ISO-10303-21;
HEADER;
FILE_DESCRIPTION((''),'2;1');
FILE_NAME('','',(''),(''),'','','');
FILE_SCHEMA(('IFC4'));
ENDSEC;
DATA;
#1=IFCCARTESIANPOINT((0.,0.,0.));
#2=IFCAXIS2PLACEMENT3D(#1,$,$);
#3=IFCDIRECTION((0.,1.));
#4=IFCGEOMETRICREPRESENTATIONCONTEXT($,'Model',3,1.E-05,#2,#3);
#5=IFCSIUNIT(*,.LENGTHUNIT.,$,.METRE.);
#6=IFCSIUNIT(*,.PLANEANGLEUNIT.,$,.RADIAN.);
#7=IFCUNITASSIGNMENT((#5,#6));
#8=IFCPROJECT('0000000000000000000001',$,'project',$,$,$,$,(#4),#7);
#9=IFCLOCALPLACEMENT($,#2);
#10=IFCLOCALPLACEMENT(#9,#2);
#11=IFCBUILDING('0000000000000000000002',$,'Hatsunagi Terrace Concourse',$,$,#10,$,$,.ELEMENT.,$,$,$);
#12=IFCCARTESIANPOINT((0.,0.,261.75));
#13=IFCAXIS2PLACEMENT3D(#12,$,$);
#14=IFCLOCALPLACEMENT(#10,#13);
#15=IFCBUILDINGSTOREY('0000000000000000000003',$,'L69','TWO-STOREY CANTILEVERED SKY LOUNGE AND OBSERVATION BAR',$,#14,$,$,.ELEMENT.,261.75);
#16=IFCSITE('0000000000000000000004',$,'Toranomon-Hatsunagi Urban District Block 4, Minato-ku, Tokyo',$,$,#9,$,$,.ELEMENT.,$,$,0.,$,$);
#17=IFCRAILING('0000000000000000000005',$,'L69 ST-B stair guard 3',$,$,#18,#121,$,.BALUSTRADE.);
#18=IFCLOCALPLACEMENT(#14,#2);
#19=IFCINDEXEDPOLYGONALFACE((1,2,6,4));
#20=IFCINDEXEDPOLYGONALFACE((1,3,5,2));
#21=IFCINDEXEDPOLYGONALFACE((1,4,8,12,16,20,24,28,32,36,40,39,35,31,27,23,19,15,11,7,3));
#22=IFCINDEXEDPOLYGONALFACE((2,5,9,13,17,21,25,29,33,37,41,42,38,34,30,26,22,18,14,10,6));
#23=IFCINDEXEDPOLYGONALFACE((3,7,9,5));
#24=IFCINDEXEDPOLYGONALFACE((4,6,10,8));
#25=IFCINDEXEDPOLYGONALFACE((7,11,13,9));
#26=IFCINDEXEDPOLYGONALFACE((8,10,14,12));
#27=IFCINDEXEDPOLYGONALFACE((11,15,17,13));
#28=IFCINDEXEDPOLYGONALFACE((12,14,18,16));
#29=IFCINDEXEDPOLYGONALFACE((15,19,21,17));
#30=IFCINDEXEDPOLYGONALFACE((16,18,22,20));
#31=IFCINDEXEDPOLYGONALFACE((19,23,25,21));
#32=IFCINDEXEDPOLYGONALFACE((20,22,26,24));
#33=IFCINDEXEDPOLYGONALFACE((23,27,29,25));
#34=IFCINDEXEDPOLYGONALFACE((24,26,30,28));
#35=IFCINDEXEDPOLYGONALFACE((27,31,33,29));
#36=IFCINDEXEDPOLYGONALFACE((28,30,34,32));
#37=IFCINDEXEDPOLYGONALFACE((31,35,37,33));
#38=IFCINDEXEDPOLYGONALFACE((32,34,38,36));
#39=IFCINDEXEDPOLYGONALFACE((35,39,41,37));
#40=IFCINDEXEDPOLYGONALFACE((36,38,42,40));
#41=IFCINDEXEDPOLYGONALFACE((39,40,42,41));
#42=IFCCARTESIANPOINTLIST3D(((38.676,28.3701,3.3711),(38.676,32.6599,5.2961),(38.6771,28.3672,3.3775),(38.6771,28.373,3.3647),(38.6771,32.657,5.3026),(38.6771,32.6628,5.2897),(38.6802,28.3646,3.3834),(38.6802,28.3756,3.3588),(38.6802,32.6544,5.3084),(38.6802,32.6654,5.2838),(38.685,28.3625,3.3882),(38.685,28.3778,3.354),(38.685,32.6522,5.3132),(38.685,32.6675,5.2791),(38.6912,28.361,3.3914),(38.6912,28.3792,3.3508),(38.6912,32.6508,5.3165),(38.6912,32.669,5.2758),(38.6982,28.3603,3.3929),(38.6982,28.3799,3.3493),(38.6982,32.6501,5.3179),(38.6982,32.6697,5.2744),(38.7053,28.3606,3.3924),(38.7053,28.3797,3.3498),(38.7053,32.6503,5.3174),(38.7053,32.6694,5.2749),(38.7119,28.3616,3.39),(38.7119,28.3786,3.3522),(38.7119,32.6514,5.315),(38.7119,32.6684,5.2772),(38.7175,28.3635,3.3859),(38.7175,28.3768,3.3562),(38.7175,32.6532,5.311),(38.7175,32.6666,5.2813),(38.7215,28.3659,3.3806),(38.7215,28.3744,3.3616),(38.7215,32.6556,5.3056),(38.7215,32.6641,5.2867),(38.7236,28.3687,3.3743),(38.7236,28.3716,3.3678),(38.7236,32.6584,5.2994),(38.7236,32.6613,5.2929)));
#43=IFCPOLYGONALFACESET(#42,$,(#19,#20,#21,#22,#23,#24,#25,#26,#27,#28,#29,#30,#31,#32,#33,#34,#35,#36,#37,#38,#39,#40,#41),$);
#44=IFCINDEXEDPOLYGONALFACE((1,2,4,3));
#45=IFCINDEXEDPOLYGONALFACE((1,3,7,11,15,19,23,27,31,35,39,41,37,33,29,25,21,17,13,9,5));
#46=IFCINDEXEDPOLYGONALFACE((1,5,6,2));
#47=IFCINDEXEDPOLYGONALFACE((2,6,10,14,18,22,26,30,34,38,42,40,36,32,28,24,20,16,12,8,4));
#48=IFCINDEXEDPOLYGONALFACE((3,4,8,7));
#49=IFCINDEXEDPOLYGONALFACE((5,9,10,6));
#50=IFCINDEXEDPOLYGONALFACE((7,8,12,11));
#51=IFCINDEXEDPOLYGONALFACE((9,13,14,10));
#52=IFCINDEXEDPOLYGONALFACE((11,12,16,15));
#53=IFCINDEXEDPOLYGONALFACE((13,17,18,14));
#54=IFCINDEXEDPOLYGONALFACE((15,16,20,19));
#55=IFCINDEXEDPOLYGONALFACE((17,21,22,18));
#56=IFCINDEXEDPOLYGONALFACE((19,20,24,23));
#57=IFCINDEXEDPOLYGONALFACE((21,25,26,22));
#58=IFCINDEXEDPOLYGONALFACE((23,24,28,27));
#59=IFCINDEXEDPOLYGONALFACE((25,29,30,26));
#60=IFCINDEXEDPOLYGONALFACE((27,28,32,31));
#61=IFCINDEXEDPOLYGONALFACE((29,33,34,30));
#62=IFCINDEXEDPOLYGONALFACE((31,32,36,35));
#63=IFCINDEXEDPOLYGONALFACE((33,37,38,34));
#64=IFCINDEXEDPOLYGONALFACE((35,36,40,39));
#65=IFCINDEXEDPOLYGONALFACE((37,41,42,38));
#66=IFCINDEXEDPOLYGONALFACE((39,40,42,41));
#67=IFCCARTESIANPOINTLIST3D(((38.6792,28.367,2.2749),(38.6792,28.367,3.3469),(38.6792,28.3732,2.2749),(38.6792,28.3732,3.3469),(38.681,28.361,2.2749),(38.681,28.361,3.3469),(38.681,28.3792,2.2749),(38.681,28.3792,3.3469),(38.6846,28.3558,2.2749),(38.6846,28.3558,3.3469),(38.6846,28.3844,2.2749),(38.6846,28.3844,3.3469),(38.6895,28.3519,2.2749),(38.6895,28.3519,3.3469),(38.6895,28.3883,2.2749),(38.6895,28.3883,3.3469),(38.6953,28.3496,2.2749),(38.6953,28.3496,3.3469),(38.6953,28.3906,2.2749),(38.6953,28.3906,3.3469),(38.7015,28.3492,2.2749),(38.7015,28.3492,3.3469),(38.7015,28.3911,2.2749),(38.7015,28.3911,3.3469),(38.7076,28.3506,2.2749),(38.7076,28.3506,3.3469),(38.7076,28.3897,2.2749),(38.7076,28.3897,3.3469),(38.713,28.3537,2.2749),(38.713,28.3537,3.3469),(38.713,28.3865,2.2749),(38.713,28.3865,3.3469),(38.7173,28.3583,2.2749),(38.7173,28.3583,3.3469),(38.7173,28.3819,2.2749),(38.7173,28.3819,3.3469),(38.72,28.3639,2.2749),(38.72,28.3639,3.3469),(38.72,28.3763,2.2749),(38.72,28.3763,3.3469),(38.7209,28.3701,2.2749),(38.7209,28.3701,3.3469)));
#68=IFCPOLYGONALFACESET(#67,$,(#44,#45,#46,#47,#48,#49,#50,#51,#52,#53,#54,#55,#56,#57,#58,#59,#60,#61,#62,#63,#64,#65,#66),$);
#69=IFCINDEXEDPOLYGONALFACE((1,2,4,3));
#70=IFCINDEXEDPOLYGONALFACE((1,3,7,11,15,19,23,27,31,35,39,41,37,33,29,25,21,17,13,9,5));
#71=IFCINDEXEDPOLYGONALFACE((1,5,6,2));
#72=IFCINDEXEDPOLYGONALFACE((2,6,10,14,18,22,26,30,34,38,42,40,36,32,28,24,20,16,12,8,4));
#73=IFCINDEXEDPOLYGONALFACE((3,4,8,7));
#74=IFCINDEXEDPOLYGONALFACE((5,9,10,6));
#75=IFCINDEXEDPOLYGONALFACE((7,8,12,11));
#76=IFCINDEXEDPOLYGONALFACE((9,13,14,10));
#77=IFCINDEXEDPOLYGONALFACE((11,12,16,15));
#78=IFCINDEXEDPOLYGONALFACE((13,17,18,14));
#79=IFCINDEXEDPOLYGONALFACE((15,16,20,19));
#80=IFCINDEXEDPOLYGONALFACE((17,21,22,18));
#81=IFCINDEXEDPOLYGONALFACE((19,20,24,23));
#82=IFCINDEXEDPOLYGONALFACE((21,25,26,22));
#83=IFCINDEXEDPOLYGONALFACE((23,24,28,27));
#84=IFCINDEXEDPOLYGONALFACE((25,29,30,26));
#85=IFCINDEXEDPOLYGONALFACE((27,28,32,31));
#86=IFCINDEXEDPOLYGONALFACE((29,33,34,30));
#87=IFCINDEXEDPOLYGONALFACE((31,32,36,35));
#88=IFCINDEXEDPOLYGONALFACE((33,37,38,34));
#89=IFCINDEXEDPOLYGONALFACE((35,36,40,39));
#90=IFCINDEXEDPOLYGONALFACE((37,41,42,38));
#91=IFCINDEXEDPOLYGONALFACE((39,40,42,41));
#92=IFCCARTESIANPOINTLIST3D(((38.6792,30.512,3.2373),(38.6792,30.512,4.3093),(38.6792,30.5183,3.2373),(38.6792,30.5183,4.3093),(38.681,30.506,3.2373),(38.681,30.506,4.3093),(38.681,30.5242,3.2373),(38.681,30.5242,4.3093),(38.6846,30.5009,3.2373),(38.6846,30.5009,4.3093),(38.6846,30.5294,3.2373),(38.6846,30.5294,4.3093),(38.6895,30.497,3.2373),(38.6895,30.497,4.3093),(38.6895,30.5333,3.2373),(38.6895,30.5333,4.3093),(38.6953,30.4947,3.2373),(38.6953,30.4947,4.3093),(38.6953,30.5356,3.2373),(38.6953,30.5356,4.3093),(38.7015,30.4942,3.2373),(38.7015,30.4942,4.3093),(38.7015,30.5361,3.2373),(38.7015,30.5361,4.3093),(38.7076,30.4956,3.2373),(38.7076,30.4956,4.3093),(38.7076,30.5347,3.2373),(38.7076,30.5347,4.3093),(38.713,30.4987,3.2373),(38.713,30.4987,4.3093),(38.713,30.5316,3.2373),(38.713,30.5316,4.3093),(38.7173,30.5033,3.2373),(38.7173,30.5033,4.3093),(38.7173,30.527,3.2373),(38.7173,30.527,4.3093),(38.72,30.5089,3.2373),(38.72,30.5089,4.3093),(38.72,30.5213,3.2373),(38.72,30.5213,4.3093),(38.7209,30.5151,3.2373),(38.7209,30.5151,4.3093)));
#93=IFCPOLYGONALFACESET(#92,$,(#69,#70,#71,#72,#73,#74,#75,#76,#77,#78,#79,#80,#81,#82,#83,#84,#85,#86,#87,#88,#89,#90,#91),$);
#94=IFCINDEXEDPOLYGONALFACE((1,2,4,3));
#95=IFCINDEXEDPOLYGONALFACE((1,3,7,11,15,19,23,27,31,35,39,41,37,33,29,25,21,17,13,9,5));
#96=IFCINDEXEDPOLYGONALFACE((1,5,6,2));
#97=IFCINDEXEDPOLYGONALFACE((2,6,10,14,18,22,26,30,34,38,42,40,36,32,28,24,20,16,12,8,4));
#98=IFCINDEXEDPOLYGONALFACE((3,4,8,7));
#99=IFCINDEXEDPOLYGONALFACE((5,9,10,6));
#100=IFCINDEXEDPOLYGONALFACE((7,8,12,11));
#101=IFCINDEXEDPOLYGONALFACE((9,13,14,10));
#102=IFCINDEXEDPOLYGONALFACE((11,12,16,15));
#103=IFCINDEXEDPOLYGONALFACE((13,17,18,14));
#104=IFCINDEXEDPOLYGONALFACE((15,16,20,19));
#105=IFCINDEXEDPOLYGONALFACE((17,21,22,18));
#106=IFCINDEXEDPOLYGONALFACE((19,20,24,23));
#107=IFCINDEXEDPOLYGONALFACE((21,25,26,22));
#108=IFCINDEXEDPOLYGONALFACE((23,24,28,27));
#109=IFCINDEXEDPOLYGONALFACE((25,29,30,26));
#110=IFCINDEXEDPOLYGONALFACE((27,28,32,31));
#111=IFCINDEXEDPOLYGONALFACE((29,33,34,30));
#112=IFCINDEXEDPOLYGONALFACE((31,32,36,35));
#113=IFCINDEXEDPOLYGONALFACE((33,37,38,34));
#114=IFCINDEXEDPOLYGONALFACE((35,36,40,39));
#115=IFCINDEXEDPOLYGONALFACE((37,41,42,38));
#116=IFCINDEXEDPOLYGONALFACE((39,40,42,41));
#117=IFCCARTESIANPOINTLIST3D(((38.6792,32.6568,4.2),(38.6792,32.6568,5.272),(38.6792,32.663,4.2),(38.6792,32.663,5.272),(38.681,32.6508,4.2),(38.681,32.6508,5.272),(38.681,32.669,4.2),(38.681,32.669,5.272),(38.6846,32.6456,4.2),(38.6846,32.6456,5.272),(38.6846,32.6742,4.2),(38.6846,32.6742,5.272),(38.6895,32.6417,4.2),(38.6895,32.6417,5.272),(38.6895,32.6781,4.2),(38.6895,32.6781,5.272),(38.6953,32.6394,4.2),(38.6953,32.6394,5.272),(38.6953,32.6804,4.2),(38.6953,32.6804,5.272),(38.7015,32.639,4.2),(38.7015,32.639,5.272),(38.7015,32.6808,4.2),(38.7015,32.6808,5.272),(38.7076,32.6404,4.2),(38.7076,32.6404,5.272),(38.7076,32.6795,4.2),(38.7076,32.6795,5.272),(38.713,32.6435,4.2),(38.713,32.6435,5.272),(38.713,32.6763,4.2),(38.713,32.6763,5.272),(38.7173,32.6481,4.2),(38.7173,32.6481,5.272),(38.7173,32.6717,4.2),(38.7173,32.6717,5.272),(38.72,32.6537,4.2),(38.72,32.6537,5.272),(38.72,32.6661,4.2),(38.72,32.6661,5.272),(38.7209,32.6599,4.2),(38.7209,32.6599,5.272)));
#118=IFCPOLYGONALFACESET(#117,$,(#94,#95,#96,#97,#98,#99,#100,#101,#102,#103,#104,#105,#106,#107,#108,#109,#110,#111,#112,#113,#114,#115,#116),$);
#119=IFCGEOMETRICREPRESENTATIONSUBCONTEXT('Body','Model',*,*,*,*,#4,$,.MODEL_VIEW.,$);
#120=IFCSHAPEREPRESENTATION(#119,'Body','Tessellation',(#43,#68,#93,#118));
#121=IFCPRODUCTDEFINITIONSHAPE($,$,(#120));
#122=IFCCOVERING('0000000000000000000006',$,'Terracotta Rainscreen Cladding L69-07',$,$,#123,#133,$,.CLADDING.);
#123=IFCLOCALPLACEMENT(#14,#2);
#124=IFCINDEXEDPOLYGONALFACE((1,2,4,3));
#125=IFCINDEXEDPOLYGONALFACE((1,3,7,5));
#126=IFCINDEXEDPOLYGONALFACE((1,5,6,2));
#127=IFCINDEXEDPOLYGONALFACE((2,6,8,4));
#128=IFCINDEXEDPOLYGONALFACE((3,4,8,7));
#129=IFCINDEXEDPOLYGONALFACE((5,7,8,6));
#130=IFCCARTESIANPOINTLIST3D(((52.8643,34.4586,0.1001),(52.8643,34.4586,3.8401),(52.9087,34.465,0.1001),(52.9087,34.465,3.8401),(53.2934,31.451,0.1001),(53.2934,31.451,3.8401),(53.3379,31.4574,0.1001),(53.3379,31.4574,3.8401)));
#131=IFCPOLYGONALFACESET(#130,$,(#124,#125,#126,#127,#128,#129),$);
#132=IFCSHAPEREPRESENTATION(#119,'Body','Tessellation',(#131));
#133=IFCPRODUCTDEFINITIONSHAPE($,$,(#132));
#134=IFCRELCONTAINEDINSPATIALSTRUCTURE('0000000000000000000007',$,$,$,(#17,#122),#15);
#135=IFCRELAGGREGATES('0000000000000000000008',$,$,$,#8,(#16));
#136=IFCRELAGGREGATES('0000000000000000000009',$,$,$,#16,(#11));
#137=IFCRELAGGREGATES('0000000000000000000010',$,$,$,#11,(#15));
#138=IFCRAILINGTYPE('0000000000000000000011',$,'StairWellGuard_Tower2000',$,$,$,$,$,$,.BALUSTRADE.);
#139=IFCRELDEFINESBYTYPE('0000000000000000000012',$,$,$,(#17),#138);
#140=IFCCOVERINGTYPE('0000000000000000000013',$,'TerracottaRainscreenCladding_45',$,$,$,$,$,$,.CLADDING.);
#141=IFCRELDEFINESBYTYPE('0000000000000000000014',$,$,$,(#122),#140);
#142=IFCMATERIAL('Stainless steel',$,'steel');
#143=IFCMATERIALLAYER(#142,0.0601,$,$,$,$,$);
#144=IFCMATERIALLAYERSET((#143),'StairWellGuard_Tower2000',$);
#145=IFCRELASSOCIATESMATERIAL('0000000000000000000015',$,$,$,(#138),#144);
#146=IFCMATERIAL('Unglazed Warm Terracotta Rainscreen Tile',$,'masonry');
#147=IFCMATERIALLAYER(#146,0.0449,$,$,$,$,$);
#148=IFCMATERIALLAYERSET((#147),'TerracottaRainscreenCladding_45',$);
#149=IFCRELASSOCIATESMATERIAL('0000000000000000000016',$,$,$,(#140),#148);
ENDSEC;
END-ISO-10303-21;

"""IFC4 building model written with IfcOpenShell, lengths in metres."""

from ifc_helpers import new_model, si_unit, direction, frame, origin, origin_2d, place, context, subcontext, project, spatial, rectangle, circle, extrude, material, layer, layer_set, type_object, element, save


model = new_model("IFC4")

# Units and contexts
model_context = context("Model", 3, precision=1e-05, world=origin(), true_north=direction((0.0, 1.0)))
body_context = subcontext(model_context, "Body", "Model", "MODEL_VIEW")
ifc_project = project(units=[si_unit("LENGTHUNIT", "METRE"), si_unit("PLANEANGLEUNIT", "RADIAN")], contexts=[model_context])

# Site, building, storey
site_placement = place(None, origin())
site = spatial("IfcSite", under=ifc_project, at=site_placement, Name="Toranomon-Hatsunagi Urban District Block 4, Minato-ku, Tokyo", CompositionType="ELEMENT", RefElevation=0.0)
building_placement = place(site_placement, origin())
building = spatial("IfcBuilding", under=site, at=building_placement, Name="Hatsunagi Terrace Concourse", CompositionType="ELEMENT")
storey_placement = place(building_placement, frame((0.0, 0.0, 261.75)))
storey = spatial("IfcBuildingStorey", under=building, at=storey_placement, Name="L69", Description="TWO-STOREY CANTILEVERED SKY LOUNGE AND OBSERVATION BAR", CompositionType="ELEMENT", Elevation=261.75)

# Railing
ifc_material_1 = material(Name="Stainless steel", Category="steel")
ifc_layer_1 = layer(ifc_material_1, 0.0601)
ifc_layer_set_1 = layer_set([ifc_layer_1], Name="StairWellGuard_Tower2000")
railing_type_1 = type_object("IfcRailingType", Name="StairWellGuard_Tower2000", PredefinedType="BALUSTRADE", material=ifc_layer_set_1)
railing_1_placement = place(storey_placement, frame((38.7, 28.3701, 2.2749)))
element("IfcRailing", 1, at=railing_1_placement, inside=storey, type_object=railing_type_1, Name="L69 ST-B stair guard 3", PredefinedType="BALUSTRADE", context=body_context, shape_type="SweptSolid", body=[
    extrude(circle(Radius=0.0239, at=origin_2d()), frame((0.0, 0.0, 1.0962), z_axis=(0.0, 0.912348, 0.409417), x_axis=(-1.0, 0.0, 0.0)), (0.0, 0.0, 1.0), 4.7019),
    extrude(circle(Radius=0.021, at=origin_2d()), origin(), (0.0, 0.0, 1.0), 1.072),
    extrude(circle(Radius=0.021, at=origin_2d()), frame((0.0, 2.145, 0.9624)), (0.0, 0.0, 1.0), 1.072),
    extrude(circle(Radius=0.021, at=origin_2d()), frame((0.0, 4.2898, 1.925)), (0.0, 0.0, 1.0), 1.072),
])

# Covering
ifc_material_2 = material(Name="Unglazed Warm Terracotta Rainscreen Tile", Category="masonry")
ifc_layer_2 = layer(ifc_material_2, 0.0449)
ifc_layer_set_2 = layer_set([ifc_layer_2], Name="TerracottaRainscreenCladding_45")
covering_type = type_object("IfcCoveringType", Name="TerracottaRainscreenCladding_45", PredefinedType="CLADDING", material=ifc_layer_set_2)
covering_placement = place(storey_placement, frame((53.1011, 32.958, 0.1001), z_axis=(0.0, 0.0, 1.0), x_axis=(0.14125, -0.989974, 0.0)))
element("IfcCovering", 2, at=covering_placement, inside=storey, type_object=covering_type, Name="Terracotta Rainscreen Cladding L69-07", PredefinedType="CLADDING", context=body_context, shape_type="SweptSolid", body=[
    extrude(rectangle(XDim=3.0381, YDim=0.0449, at=origin_2d()), origin(), (0.0, 0.0, 1.0), 3.74),
])

save(model, "model.ifc")
